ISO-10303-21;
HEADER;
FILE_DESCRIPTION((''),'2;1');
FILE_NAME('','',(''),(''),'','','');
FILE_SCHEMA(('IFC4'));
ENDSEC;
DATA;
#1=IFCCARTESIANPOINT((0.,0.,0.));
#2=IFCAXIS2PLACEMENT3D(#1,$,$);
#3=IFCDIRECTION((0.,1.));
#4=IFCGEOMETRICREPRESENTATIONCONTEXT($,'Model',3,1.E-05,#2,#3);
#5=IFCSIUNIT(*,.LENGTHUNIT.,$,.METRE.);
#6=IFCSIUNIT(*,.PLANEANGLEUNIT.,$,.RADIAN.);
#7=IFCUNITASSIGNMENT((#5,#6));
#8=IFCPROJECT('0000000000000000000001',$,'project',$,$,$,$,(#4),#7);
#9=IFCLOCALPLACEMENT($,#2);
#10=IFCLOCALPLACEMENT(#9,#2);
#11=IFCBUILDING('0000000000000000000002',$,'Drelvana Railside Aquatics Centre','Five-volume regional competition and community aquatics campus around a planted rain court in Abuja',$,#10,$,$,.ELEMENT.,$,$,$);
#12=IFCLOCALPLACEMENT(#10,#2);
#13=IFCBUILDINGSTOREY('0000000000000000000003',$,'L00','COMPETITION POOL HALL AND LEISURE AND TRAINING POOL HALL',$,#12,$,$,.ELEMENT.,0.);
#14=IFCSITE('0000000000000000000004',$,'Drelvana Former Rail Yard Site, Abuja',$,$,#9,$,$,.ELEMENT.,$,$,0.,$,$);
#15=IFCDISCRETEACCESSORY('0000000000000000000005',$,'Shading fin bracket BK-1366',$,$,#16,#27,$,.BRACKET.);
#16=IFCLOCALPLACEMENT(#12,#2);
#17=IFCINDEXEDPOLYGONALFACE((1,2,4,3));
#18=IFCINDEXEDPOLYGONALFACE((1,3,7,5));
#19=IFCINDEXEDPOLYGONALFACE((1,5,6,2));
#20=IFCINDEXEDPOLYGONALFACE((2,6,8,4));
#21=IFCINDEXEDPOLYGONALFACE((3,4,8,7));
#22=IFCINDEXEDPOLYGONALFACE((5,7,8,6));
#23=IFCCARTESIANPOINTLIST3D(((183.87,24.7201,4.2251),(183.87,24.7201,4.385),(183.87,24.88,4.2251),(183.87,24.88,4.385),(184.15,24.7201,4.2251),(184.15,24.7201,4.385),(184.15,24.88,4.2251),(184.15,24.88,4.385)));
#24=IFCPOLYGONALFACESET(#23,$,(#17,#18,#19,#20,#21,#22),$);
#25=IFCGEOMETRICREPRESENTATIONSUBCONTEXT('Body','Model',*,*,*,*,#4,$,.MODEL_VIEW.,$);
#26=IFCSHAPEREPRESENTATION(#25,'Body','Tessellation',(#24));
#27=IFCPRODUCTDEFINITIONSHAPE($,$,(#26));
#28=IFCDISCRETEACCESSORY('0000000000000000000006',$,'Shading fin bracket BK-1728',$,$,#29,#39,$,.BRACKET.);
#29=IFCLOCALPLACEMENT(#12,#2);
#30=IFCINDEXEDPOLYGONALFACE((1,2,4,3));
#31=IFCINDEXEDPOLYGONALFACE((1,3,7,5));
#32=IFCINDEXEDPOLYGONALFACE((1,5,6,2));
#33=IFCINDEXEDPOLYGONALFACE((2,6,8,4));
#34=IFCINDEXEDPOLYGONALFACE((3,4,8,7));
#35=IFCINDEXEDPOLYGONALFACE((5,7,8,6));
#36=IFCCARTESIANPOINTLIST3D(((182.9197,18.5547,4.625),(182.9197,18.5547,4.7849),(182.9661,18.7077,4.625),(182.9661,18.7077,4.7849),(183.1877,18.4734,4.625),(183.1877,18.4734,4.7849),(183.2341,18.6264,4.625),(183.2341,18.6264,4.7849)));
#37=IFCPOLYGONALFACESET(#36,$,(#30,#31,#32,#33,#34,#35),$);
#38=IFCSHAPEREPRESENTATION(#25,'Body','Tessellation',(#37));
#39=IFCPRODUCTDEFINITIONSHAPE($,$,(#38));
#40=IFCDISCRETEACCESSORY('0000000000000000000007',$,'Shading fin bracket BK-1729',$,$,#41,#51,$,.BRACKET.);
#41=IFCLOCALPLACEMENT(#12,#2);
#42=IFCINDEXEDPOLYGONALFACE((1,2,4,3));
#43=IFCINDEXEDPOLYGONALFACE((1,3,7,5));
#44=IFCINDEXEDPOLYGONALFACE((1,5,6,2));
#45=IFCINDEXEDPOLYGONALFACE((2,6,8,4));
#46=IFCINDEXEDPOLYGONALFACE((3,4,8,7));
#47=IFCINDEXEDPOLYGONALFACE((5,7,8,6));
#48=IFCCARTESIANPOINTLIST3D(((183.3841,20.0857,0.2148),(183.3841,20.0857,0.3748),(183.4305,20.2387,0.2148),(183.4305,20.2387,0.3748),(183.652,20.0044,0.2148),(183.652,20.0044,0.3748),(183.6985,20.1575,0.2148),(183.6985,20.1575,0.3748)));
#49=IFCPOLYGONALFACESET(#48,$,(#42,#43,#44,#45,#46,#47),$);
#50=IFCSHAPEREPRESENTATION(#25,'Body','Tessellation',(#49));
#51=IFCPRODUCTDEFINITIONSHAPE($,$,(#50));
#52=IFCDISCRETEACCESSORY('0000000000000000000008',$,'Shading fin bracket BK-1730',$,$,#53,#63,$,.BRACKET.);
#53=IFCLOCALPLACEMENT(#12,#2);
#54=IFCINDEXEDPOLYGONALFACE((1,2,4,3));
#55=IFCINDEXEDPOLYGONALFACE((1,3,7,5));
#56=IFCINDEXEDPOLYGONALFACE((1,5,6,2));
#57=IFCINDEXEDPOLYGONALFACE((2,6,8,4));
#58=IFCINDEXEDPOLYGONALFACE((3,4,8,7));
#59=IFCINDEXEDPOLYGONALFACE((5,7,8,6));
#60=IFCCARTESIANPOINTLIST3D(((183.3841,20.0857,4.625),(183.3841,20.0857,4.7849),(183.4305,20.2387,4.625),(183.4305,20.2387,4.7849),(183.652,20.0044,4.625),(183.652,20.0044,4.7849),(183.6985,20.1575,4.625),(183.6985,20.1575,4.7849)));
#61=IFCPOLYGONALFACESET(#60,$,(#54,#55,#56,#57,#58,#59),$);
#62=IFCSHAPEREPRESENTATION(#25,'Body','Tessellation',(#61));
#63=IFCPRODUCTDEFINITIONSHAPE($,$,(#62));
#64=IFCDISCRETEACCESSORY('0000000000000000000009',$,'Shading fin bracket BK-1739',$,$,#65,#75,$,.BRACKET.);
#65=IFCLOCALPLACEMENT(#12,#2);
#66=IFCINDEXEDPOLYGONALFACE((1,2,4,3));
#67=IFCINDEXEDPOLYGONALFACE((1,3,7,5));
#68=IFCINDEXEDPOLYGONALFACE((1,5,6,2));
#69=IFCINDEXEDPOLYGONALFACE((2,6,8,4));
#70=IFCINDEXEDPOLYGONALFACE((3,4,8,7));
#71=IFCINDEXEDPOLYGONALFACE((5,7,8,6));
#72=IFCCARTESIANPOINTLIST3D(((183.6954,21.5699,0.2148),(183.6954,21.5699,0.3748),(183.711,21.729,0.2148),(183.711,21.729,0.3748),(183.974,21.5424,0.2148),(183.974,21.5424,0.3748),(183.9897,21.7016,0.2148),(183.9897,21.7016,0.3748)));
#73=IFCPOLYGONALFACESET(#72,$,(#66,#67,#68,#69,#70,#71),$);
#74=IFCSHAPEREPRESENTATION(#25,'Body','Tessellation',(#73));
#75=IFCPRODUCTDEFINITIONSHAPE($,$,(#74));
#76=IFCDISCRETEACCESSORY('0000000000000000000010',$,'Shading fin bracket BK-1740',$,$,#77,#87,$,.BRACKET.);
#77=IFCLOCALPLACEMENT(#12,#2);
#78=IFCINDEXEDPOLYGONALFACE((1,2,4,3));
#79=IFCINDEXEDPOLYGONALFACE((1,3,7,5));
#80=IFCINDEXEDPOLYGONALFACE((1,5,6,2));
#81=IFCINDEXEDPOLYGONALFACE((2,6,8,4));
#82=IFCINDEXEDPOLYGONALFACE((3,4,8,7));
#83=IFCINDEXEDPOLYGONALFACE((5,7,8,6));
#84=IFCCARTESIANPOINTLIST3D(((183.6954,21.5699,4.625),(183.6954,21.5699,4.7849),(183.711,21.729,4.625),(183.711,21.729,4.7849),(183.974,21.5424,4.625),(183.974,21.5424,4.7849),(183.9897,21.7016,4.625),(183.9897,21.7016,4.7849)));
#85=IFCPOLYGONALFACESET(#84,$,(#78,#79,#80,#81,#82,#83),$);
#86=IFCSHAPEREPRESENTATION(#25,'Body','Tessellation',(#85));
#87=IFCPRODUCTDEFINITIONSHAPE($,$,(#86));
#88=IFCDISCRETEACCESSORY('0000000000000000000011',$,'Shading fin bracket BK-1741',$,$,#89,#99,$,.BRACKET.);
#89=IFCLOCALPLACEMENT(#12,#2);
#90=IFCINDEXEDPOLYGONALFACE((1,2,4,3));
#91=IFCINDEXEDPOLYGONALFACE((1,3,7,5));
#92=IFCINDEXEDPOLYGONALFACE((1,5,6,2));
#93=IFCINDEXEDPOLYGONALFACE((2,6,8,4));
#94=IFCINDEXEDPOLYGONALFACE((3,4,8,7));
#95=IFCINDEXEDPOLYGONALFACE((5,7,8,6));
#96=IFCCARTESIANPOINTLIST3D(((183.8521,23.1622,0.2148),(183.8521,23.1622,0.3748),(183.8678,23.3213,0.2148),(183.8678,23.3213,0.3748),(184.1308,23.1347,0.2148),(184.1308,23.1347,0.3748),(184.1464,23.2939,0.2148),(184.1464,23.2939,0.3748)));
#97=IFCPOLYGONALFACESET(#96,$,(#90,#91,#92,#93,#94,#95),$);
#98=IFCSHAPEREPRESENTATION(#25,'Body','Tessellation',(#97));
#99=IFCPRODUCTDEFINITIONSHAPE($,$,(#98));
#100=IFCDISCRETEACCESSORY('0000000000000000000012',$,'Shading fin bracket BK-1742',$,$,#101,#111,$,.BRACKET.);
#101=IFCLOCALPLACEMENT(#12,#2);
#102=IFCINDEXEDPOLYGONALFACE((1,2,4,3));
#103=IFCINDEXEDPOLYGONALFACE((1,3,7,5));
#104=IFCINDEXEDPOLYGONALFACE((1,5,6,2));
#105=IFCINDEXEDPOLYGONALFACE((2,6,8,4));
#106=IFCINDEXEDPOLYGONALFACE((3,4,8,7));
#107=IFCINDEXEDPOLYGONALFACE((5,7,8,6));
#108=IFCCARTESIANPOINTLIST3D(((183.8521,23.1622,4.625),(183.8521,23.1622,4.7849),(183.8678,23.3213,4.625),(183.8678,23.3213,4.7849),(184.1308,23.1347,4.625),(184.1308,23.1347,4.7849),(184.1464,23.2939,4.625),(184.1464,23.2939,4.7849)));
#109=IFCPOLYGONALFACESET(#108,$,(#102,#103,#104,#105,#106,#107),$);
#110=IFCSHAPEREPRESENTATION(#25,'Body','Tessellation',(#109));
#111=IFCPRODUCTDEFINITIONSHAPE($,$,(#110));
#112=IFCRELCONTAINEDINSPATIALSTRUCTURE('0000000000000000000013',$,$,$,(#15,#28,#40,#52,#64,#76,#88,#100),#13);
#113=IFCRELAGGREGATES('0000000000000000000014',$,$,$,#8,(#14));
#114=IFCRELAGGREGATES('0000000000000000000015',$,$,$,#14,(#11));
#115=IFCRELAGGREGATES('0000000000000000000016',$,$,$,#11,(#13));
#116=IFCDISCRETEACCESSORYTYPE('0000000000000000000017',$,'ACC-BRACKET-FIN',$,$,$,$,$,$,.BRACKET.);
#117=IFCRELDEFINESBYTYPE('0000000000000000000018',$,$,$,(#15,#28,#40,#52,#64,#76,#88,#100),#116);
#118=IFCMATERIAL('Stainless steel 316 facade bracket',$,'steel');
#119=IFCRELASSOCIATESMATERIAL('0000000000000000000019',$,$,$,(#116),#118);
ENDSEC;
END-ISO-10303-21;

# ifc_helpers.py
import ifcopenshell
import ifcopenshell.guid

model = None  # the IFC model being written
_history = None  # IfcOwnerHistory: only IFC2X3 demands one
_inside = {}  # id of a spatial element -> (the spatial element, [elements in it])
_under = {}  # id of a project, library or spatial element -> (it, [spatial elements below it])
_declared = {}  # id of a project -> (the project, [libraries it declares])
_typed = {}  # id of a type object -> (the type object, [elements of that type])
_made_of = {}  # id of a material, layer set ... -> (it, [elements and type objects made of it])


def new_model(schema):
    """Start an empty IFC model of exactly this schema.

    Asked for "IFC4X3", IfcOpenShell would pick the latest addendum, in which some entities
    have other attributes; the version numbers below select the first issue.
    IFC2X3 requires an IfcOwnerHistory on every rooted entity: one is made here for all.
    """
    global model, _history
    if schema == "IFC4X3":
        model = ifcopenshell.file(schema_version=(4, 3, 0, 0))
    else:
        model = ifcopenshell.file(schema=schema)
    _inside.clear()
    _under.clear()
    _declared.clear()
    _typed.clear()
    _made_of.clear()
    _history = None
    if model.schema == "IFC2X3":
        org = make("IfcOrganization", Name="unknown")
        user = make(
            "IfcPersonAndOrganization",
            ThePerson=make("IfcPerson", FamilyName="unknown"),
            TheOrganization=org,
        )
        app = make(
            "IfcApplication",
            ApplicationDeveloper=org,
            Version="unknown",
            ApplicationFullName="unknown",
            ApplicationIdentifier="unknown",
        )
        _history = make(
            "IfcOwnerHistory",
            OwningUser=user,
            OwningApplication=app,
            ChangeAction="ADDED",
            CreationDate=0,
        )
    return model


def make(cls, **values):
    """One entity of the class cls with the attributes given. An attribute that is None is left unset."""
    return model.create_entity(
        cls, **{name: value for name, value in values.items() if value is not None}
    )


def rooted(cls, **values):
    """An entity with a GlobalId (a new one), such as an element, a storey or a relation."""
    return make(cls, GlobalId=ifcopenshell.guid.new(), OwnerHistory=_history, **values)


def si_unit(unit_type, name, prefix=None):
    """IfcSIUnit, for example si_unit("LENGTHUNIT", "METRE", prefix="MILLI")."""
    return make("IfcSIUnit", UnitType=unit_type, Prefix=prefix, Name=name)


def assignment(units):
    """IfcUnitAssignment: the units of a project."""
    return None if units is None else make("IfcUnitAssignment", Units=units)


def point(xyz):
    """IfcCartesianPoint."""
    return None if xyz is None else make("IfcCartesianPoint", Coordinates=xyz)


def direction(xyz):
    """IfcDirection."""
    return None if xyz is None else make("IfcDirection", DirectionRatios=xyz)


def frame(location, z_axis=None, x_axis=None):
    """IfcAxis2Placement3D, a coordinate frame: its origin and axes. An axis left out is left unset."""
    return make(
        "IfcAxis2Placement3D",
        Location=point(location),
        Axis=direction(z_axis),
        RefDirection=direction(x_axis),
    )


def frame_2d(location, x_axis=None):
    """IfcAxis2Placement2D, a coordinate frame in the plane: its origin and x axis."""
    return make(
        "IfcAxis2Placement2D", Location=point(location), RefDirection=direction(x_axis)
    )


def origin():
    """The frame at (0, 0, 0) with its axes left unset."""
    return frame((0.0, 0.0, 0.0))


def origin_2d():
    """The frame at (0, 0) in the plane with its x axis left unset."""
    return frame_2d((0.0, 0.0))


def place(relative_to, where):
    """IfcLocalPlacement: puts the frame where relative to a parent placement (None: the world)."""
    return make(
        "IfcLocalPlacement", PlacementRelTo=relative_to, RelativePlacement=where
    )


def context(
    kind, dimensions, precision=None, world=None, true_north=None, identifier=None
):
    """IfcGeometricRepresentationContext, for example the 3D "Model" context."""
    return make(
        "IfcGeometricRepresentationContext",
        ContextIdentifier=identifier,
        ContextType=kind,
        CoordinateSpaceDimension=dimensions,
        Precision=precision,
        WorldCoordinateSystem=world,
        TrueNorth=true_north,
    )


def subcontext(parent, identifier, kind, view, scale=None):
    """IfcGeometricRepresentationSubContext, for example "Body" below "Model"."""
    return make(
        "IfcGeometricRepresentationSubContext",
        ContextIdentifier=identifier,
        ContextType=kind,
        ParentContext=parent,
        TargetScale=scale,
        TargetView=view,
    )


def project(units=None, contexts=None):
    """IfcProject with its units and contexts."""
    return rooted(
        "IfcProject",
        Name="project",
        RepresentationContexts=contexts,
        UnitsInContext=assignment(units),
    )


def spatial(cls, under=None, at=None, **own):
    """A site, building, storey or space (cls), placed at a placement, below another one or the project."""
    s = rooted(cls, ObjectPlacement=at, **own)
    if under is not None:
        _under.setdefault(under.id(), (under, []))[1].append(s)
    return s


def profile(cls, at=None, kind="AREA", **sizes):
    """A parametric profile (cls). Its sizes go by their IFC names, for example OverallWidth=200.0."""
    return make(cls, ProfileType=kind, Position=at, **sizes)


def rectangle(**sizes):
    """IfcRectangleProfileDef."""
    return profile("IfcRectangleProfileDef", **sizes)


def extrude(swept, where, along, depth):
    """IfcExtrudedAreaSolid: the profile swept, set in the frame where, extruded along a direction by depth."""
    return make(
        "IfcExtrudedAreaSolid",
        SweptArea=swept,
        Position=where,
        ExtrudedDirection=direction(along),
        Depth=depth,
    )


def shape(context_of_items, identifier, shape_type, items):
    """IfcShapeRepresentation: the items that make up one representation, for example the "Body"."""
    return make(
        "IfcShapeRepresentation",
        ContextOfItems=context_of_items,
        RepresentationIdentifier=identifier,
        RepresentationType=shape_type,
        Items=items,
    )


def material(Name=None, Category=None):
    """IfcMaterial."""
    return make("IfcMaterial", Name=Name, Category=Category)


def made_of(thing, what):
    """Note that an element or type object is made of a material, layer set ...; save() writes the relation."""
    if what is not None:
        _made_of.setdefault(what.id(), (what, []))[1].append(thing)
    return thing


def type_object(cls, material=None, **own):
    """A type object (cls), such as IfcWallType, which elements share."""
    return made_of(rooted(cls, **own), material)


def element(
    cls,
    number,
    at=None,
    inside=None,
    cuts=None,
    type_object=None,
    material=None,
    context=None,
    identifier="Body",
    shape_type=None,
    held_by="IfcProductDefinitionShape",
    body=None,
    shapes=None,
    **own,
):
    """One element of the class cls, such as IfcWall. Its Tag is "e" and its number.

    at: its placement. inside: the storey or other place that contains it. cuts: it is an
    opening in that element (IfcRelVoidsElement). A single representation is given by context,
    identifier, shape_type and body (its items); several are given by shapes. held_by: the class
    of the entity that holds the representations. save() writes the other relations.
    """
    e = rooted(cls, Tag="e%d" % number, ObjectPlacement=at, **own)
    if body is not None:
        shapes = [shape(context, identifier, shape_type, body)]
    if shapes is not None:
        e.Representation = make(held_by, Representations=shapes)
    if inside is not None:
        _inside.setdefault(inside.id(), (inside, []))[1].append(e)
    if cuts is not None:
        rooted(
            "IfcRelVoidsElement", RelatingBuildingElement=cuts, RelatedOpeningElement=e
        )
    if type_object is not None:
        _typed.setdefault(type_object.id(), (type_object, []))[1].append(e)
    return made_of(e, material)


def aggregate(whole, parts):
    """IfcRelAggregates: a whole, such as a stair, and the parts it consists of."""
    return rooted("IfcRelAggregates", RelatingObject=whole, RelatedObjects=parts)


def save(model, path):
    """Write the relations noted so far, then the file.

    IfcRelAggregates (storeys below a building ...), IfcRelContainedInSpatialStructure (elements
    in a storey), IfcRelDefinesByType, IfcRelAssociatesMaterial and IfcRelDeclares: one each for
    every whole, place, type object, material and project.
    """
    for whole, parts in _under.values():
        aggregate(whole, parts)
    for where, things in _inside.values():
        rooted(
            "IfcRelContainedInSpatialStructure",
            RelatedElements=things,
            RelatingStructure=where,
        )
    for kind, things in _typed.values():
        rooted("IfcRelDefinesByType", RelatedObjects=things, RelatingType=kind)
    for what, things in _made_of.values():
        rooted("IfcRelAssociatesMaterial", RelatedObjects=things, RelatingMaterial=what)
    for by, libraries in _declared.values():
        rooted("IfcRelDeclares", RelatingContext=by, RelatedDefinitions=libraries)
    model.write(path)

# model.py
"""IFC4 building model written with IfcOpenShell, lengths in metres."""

from ifc_helpers import new_model, si_unit, direction, frame, origin, origin_2d, place, context, subcontext, project, spatial, rectangle, extrude, material, type_object, element, save


model = new_model("IFC4")

# Units and contexts
model_context = context("Model", 3, precision=1e-05, world=origin(), true_north=direction((0.0, 1.0)))
body_context = subcontext(model_context, "Body", "Model", "MODEL_VIEW")
ifc_project = project(units=[si_unit("LENGTHUNIT", "METRE"), si_unit("PLANEANGLEUNIT", "RADIAN")], contexts=[model_context])

# Site, building, storey
site_placement = place(None, origin())
site = spatial("IfcSite", under=ifc_project, at=site_placement, Name="Drelvana Former Rail Yard Site, Abuja", CompositionType="ELEMENT", RefElevation=0.0)
building_placement = place(site_placement, origin())
building = spatial("IfcBuilding", under=site, at=building_placement, Name="Drelvana Railside Aquatics Centre", Description="Five-volume regional competition and community aquatics campus around a planted rain court in Abuja", CompositionType="ELEMENT")
storey_placement = place(building_placement, origin())
storey = spatial("IfcBuildingStorey", under=building, at=storey_placement, Name="L00", Description="COMPETITION POOL HALL AND LEISURE AND TRAINING POOL HALL", CompositionType="ELEMENT", Elevation=0.0)

# Discrete accessories
ifc_material_1 = material(Name="Stainless steel 316 facade bracket", Category="steel")
discrete_accessory_type = type_object("IfcDiscreteAccessoryType", Name="ACC-BRACKET-FIN", PredefinedType="BRACKET", material=ifc_material_1)
for number, where, z_axis, x_axis, name in (
    (1, (184.01, 24.8, 4.2251), (0.0, 0.0, 1.0), (1.0, 0.0, 0.0), "Shading fin bracket BK-1366"),
    (2, (183.0769, 18.5906, 4.625), (0.0, 0.0, 1.0), (0.95694, -0.290285, 0.0), "Shading fin bracket BK-1728"),
    (3, (183.5413, 20.1216, 0.2148), (0.0, 0.0, 1.0), (0.95694, -0.290285, 0.0), "Shading fin bracket BK-1729"),
    (4, (183.5413, 20.1216, 4.625), (0.0, 0.0, 1.0), (0.95694, -0.290285, 0.0), "Shading fin bracket BK-1730"),
    (5, (183.8425, 21.6357, 0.2148), (0.0, 0.0, 1.0), (0.995185, -0.098017, 0.0), "Shading fin bracket BK-1739"),
    (6, (183.8425, 21.6357, 4.625), (0.0, 0.0, 1.0), (0.995185, -0.098017, 0.0), "Shading fin bracket BK-1740"),
    (7, (183.9993, 23.228, 0.2148), (0.0, 0.0, 1.0), (0.995185, -0.098017, 0.0), "Shading fin bracket BK-1741"),
    (8, (183.9993, 23.228, 4.625), (0.0, 0.0, 1.0), (0.995185, -0.098017, 0.0), "Shading fin bracket BK-1742"),
):
    element("IfcDiscreteAccessory", number, at=place(storey_placement, frame(where, z_axis=z_axis, x_axis=x_axis)), inside=storey, type_object=discrete_accessory_type, Name=name, PredefinedType="BRACKET", context=body_context, shape_type="SweptSolid", body=[
        extrude(rectangle(XDim=0.28, YDim=0.1599, at=origin_2d()), origin(), (0.0, 0.0, 1.0), 0.1599),
    ])

save(model, "model.ifc")
